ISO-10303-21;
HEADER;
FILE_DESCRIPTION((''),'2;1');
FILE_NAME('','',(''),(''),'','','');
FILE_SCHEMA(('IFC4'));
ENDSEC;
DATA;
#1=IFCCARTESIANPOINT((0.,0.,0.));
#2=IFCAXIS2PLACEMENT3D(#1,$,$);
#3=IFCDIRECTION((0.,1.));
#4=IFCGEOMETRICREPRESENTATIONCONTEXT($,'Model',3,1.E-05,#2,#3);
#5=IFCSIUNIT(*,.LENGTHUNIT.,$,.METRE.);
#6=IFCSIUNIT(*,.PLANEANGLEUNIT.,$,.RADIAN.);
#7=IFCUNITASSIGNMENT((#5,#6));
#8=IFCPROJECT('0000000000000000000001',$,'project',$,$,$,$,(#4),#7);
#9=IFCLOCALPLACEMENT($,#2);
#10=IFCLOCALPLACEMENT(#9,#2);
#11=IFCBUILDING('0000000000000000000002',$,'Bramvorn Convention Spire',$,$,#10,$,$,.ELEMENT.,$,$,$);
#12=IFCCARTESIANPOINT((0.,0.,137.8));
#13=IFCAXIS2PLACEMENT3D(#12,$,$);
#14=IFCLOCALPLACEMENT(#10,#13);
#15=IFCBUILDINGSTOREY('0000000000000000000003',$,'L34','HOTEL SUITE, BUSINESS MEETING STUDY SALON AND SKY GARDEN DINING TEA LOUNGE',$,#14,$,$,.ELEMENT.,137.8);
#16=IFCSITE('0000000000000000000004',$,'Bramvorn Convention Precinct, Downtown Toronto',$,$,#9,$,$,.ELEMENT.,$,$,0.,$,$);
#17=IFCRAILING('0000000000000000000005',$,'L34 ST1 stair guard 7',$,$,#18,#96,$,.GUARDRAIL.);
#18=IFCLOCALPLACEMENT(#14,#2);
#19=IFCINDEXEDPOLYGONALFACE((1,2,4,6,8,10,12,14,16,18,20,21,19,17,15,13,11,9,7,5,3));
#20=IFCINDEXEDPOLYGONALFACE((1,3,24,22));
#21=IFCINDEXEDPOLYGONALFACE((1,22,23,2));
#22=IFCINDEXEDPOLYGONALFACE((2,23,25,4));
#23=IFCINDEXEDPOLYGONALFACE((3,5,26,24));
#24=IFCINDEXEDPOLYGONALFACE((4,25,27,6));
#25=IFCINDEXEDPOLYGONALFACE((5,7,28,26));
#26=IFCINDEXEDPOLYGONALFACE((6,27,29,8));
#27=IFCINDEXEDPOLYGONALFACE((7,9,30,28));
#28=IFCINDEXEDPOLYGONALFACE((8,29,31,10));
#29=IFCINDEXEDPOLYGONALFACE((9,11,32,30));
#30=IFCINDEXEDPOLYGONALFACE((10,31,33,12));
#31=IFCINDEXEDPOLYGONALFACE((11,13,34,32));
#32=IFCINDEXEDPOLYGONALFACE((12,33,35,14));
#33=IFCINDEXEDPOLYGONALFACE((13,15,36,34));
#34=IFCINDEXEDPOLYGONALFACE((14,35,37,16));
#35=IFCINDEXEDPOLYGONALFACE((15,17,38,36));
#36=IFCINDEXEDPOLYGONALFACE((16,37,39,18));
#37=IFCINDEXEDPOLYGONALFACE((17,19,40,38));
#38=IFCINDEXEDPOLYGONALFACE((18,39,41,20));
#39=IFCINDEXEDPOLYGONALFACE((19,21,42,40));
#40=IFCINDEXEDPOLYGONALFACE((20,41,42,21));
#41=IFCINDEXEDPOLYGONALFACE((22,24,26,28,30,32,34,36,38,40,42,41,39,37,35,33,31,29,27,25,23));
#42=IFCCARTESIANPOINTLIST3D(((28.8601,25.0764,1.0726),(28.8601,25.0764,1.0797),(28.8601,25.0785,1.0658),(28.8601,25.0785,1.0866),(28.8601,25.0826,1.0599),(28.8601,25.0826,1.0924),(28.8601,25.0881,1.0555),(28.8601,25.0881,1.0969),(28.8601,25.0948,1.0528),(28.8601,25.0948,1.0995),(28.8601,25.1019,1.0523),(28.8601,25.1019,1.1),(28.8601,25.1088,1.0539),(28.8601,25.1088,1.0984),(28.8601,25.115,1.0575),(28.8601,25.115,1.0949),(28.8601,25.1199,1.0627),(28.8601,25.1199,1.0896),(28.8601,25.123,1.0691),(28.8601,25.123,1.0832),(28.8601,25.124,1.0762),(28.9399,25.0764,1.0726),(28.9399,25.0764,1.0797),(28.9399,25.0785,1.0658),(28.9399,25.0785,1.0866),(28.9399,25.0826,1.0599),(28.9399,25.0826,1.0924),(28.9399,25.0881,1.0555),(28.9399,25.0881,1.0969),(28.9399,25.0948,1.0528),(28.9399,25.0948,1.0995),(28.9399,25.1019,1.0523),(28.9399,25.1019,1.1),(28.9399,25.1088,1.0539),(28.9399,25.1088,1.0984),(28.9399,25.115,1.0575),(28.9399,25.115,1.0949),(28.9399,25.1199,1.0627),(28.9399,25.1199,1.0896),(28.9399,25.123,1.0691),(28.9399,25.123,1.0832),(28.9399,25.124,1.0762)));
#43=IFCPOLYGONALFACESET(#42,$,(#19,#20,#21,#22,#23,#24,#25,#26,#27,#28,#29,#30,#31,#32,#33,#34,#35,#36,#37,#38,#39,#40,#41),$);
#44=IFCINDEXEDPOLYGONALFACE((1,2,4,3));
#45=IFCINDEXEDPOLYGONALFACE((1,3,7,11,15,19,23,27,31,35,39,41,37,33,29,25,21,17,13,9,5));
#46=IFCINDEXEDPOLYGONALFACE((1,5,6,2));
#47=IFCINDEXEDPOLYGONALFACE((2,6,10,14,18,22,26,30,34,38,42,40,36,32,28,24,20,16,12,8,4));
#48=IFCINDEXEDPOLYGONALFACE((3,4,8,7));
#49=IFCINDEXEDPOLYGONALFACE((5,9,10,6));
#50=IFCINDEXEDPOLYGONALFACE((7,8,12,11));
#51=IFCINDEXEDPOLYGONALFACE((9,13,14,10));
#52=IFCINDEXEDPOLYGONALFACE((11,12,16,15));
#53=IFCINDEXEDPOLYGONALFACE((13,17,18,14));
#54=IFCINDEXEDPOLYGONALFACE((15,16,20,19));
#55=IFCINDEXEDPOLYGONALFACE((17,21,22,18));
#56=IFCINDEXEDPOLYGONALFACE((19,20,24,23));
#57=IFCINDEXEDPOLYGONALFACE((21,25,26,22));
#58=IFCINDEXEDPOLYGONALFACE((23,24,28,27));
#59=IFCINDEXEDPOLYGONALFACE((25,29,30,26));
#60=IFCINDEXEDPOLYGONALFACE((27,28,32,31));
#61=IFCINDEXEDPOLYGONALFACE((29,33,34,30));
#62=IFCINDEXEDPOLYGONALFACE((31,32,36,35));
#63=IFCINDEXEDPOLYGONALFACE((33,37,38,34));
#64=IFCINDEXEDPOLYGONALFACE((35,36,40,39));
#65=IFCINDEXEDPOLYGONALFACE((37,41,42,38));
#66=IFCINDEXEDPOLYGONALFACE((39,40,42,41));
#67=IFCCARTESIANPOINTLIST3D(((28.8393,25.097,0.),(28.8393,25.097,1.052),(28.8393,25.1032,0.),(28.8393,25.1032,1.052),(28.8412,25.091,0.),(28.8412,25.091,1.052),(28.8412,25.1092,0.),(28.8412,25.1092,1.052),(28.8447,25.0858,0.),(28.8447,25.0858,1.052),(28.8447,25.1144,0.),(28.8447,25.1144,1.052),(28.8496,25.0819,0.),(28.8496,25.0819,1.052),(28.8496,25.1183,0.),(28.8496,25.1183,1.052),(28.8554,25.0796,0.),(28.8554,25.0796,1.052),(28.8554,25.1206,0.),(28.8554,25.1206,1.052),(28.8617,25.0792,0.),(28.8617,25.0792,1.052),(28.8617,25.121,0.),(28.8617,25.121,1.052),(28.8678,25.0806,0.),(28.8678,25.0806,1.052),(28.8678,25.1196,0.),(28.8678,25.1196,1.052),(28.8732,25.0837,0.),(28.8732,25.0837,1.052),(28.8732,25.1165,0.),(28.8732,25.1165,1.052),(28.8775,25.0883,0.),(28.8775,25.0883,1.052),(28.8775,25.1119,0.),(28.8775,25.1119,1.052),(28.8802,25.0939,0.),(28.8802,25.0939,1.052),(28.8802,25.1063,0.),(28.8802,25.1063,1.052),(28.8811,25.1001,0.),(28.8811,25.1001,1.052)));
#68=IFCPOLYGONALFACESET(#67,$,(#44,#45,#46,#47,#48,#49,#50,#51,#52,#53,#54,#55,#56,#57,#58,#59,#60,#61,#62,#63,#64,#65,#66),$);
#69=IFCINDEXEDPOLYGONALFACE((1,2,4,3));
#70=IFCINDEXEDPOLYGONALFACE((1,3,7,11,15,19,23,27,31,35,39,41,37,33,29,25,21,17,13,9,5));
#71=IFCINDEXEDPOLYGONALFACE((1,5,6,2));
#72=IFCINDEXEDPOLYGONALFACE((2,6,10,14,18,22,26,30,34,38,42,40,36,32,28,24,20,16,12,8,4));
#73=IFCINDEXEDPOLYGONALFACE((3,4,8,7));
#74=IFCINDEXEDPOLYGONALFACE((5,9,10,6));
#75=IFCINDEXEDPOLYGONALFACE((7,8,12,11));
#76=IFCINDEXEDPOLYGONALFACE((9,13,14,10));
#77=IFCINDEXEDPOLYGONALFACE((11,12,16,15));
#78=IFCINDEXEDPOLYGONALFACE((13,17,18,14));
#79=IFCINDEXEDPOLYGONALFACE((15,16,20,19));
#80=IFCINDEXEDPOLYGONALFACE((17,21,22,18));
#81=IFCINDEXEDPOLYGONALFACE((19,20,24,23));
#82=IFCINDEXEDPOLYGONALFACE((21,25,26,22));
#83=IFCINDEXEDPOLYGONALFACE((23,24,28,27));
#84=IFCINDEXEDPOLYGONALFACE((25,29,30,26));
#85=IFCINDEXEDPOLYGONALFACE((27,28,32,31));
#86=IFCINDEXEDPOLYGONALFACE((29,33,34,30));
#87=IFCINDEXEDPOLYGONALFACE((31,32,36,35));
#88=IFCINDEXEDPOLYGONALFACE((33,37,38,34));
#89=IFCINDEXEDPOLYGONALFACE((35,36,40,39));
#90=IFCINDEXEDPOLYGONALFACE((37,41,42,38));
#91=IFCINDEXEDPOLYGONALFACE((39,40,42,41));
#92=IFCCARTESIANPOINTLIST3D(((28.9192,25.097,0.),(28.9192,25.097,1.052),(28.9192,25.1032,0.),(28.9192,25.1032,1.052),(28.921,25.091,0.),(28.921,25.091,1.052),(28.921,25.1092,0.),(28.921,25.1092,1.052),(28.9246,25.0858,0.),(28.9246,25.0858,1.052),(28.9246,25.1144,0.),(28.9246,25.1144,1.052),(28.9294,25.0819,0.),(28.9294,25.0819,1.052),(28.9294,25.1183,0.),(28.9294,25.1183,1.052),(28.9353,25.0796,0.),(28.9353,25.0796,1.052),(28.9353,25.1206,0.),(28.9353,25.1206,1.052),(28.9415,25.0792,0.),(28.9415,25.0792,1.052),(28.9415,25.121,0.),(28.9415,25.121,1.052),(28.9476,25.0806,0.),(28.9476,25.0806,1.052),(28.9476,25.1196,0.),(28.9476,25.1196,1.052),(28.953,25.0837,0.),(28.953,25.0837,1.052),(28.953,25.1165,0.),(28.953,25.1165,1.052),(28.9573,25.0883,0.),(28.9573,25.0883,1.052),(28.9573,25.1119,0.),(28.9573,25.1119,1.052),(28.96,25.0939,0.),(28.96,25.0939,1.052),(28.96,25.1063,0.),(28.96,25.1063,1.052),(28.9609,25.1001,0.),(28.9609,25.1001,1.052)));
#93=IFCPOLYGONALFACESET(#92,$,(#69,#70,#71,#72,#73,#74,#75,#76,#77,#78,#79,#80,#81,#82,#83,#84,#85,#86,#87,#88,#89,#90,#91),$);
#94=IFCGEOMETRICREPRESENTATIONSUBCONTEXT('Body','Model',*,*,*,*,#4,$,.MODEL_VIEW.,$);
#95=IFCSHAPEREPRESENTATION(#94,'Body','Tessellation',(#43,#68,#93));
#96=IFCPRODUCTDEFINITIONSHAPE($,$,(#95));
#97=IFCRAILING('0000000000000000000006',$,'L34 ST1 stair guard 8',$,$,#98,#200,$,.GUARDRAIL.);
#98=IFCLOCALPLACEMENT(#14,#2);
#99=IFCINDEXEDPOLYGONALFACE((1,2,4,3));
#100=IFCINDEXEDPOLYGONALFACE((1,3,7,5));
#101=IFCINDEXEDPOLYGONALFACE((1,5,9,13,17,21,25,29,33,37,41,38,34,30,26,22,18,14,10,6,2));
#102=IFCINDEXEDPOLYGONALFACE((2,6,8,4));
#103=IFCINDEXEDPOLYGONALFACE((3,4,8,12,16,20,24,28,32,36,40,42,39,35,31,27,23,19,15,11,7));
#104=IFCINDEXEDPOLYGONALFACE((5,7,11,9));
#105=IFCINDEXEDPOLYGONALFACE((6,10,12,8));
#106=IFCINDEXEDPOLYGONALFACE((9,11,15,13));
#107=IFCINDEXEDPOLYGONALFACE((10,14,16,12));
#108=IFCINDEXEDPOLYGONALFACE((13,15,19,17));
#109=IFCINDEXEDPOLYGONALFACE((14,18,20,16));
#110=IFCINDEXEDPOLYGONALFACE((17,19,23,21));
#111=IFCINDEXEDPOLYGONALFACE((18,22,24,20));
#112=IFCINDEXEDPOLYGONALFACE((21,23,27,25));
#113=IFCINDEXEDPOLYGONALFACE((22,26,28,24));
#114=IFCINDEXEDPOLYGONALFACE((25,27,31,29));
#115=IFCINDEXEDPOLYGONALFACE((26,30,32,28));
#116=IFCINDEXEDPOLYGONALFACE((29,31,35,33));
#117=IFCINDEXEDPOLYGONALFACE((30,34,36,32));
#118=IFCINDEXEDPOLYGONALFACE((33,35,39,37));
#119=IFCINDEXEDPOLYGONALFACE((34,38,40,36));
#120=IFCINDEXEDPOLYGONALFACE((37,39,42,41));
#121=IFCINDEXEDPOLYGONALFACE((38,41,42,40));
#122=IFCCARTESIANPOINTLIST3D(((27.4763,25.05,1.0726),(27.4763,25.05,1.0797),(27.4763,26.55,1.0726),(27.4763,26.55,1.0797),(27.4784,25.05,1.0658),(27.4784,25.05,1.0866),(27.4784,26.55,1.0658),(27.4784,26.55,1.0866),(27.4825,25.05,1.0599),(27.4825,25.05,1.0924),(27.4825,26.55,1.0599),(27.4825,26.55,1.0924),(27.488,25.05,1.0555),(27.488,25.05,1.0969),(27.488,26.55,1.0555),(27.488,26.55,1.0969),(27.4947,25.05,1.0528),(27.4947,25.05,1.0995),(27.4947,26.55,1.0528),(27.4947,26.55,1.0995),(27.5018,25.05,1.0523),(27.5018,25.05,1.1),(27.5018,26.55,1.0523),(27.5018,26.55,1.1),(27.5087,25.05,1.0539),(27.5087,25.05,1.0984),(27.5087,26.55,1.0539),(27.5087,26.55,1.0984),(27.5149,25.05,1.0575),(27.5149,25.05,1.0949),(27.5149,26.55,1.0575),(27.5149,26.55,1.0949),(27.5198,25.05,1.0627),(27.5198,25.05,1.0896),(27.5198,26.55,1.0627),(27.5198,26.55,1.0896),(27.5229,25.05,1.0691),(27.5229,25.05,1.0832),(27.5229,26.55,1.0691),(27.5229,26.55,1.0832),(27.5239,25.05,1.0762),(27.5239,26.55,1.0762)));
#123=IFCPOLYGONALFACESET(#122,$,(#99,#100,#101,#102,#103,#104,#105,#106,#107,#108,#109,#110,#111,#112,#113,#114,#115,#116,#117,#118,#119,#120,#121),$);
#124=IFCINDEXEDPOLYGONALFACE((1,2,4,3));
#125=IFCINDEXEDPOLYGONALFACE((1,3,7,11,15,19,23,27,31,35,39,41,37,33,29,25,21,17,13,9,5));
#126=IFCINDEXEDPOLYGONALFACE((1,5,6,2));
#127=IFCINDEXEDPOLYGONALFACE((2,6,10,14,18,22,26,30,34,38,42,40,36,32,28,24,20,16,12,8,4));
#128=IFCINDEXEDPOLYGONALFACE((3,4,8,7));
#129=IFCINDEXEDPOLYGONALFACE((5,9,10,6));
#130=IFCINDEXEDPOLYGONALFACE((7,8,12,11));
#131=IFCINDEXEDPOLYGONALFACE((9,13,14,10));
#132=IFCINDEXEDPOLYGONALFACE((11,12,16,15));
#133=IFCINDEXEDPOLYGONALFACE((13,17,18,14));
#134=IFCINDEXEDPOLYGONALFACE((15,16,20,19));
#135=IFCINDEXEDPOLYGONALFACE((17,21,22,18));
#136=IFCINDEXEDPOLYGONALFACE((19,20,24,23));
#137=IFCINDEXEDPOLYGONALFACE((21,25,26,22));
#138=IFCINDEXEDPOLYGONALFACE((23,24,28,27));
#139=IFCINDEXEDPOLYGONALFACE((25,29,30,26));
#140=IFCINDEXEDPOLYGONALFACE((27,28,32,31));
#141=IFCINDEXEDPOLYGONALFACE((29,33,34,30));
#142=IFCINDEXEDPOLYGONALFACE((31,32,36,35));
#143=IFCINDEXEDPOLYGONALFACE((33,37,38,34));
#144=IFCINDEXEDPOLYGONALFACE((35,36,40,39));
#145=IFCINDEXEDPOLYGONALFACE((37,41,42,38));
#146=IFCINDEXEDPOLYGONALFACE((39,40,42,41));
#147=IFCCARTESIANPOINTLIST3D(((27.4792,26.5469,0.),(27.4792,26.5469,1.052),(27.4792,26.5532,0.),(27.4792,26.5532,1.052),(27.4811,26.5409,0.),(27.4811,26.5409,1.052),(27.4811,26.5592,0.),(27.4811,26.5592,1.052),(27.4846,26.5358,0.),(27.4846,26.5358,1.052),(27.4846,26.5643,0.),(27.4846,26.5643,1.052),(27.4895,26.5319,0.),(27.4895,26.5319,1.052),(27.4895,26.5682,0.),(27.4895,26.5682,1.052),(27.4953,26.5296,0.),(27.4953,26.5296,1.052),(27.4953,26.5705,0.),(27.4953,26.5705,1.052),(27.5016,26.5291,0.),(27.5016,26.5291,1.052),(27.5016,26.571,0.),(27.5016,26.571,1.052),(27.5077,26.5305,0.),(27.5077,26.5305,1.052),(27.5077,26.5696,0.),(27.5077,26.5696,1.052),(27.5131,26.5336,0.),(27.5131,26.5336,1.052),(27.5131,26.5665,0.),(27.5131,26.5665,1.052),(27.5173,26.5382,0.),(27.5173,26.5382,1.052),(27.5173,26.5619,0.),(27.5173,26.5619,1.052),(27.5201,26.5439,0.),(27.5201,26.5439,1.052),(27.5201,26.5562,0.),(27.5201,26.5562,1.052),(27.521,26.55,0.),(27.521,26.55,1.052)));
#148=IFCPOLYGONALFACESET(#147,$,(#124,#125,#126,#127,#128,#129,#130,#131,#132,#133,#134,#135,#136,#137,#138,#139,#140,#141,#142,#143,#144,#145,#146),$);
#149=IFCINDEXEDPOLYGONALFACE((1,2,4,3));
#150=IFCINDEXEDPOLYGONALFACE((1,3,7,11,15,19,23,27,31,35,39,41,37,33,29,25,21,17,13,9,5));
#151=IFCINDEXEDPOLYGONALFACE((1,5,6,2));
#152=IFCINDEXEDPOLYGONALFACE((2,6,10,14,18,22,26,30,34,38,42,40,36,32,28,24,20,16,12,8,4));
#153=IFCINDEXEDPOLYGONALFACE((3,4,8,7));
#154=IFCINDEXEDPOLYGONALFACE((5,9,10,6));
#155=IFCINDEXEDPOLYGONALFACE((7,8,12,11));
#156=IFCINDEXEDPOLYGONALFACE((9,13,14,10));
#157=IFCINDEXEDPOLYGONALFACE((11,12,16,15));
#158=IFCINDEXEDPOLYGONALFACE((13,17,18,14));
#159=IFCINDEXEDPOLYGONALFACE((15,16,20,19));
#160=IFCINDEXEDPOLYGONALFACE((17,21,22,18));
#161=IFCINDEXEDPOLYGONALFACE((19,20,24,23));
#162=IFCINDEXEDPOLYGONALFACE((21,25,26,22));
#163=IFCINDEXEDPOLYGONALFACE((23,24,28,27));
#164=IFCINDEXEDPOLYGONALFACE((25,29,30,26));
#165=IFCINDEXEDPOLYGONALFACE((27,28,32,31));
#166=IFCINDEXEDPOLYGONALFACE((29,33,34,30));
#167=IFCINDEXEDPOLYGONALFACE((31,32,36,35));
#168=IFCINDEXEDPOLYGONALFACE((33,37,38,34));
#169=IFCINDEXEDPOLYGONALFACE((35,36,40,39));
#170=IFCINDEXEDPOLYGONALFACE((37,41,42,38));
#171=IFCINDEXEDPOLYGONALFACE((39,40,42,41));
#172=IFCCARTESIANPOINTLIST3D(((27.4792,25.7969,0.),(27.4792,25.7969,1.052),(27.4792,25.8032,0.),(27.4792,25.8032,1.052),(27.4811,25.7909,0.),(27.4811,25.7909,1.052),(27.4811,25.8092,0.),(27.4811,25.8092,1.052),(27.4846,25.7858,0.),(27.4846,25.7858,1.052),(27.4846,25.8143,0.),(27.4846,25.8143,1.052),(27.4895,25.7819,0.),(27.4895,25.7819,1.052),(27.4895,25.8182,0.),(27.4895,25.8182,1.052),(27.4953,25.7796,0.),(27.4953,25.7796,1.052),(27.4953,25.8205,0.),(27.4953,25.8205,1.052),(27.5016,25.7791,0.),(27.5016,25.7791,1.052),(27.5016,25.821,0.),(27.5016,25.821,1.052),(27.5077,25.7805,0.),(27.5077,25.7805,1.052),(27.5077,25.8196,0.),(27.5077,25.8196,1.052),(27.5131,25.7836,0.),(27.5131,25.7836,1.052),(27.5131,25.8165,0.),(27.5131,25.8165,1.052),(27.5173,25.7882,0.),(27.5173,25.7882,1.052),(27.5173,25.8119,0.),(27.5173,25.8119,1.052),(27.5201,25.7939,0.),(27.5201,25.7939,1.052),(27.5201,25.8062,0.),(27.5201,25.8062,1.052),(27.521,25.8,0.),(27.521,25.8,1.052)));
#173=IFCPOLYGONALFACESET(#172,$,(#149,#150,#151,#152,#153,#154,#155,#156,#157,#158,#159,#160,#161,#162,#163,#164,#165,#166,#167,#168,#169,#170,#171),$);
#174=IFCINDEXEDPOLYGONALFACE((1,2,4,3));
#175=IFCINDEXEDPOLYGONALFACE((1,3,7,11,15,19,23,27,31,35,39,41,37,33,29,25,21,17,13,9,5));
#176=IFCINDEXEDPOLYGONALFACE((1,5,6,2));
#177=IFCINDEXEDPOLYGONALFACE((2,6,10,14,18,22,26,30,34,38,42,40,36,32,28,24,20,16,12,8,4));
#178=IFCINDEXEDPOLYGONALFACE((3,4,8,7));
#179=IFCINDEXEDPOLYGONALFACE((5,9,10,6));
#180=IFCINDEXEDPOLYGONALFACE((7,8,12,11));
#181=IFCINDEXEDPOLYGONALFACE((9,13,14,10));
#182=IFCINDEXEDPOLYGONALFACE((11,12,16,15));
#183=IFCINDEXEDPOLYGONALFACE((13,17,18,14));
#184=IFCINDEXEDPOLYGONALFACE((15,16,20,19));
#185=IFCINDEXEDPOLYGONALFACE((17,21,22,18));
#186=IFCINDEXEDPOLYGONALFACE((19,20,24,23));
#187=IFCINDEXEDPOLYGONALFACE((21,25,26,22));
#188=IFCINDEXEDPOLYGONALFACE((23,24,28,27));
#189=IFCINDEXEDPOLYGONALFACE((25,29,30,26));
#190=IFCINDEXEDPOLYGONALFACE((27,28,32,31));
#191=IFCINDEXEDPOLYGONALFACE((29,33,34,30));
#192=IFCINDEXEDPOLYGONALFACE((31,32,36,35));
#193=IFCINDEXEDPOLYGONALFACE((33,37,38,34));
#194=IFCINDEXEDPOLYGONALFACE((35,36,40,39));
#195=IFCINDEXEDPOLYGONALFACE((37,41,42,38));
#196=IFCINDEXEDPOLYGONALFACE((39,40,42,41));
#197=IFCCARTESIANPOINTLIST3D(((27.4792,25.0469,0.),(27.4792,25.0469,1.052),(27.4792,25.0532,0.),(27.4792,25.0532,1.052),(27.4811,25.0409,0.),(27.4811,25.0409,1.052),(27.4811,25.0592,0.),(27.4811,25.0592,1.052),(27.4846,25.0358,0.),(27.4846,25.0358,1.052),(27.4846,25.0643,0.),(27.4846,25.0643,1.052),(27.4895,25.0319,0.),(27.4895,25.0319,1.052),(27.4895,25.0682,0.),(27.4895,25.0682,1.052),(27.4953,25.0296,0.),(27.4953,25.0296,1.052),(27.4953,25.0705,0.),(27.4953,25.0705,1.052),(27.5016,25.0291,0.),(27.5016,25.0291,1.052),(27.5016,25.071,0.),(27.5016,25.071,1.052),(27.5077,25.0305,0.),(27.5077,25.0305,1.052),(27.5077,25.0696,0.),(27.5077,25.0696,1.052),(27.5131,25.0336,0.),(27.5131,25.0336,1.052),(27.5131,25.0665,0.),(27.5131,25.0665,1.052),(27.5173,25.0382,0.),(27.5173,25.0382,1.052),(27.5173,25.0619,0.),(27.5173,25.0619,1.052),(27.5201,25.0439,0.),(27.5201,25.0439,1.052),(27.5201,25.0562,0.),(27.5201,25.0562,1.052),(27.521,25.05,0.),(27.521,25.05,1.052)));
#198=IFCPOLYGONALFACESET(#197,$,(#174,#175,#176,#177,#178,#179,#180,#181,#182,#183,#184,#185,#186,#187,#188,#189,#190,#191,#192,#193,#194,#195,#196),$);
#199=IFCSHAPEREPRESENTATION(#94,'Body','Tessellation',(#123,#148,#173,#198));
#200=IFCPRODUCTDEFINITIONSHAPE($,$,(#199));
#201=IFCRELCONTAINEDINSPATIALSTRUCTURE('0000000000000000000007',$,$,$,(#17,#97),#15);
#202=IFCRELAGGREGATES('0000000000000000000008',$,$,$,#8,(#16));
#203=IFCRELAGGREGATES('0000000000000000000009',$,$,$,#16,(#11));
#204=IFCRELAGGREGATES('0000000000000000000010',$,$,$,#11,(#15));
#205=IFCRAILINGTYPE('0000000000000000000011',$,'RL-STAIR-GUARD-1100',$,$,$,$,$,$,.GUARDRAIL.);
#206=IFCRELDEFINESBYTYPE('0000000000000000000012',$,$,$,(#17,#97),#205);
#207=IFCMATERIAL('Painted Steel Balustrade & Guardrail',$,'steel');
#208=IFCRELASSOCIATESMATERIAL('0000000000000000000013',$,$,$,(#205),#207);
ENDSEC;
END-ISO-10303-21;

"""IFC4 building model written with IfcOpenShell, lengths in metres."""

from ifc_helpers import new_model, si_unit, direction, frame, origin, origin_2d, place, context, subcontext, project, spatial, circle, extrude, material, type_object, element, save


model = new_model("IFC4")

# Units and contexts
model_context = context("Model", 3, precision=1e-05, world=origin(), true_north=direction((0.0, 1.0)))
body_context = subcontext(model_context, "Body", "Model", "MODEL_VIEW")
ifc_project = project(units=[si_unit("LENGTHUNIT", "METRE"), si_unit("PLANEANGLEUNIT", "RADIAN")], contexts=[model_context])

# Site, building, storey
site_placement = place(None, origin())
site = spatial("IfcSite", under=ifc_project, at=site_placement, Name="Bramvorn Convention Precinct, Downtown Toronto", CompositionType="ELEMENT", RefElevation=0.0)
building_placement = place(site_placement, origin())
building = spatial("IfcBuilding", under=site, at=building_placement, Name="Bramvorn Convention Spire", CompositionType="ELEMENT")
storey_placement = place(building_placement, frame((0.0, 0.0, 137.8)))
storey = spatial("IfcBuildingStorey", under=building, at=storey_placement, Name="L34", Description="HOTEL SUITE, BUSINESS MEETING STUDY SALON AND SKY GARDEN DINING TEA LOUNGE", CompositionType="ELEMENT", Elevation=137.8)

# Railings
ifc_material_1 = material(Name="Painted Steel Balustrade & Guardrail", Category="steel")
railing_type_1 = type_object("IfcRailingType", Name="RL-STAIR-GUARD-1100", PredefinedType="GUARDRAIL", material=ifc_material_1)
railing_1_placement = place(storey_placement, frame((28.8601, 25.1001, 0.0)))
element("IfcRailing", 1, at=railing_1_placement, inside=storey, type_object=railing_type_1, Name="L34 ST1 stair guard 7", PredefinedType="GUARDRAIL", context=body_context, shape_type="SweptSolid", body=[
    extrude(circle(Radius=0.0239, at=origin_2d()), frame((0.0, 0.0, 1.0762), z_axis=(1.0, 0.0, 0.0), x_axis=(0.0, 1.0, 0.0)), (0.0, 0.0, 1.0), 0.0798),
    extrude(circle(Radius=0.021, at=origin_2d()), origin(), (0.0, 0.0, 1.0), 1.052),
    extrude(circle(Radius=0.021, at=origin_2d()), frame((0.0798, 0.0, 0.0)), (0.0, 0.0, 1.0), 1.052),
])
for number, where, name in (
    (2, (27.5, 26.55, 0.0), "L34 ST1 stair guard 8"),
):
    element("IfcRailing", number, at=place(storey_placement, frame(where)), inside=storey, type_object=railing_type_1, Name=name, PredefinedType="GUARDRAIL", context=body_context, shape_type="SweptSolid", body=[
        extrude(circle(Radius=0.0239, at=origin_2d()), frame((0.0, 0.0, 1.0762), z_axis=(0.0, -1.0, 0.0), x_axis=(1.0, 0.0, 0.0)), (0.0, 0.0, 1.0), 1.5),
        extrude(circle(Radius=0.021, at=origin_2d()), origin(), (0.0, 0.0, 1.0), 1.052),
        extrude(circle(Radius=0.021, at=origin_2d()), frame((0.0, -0.75, 0.0)), (0.0, 0.0, 1.0), 1.052),
        extrude(circle(Radius=0.021, at=origin_2d()), frame((0.0, -1.5, 0.0)), (0.0, 0.0, 1.0), 1.052),
    ])

save(model, "model.ifc")
